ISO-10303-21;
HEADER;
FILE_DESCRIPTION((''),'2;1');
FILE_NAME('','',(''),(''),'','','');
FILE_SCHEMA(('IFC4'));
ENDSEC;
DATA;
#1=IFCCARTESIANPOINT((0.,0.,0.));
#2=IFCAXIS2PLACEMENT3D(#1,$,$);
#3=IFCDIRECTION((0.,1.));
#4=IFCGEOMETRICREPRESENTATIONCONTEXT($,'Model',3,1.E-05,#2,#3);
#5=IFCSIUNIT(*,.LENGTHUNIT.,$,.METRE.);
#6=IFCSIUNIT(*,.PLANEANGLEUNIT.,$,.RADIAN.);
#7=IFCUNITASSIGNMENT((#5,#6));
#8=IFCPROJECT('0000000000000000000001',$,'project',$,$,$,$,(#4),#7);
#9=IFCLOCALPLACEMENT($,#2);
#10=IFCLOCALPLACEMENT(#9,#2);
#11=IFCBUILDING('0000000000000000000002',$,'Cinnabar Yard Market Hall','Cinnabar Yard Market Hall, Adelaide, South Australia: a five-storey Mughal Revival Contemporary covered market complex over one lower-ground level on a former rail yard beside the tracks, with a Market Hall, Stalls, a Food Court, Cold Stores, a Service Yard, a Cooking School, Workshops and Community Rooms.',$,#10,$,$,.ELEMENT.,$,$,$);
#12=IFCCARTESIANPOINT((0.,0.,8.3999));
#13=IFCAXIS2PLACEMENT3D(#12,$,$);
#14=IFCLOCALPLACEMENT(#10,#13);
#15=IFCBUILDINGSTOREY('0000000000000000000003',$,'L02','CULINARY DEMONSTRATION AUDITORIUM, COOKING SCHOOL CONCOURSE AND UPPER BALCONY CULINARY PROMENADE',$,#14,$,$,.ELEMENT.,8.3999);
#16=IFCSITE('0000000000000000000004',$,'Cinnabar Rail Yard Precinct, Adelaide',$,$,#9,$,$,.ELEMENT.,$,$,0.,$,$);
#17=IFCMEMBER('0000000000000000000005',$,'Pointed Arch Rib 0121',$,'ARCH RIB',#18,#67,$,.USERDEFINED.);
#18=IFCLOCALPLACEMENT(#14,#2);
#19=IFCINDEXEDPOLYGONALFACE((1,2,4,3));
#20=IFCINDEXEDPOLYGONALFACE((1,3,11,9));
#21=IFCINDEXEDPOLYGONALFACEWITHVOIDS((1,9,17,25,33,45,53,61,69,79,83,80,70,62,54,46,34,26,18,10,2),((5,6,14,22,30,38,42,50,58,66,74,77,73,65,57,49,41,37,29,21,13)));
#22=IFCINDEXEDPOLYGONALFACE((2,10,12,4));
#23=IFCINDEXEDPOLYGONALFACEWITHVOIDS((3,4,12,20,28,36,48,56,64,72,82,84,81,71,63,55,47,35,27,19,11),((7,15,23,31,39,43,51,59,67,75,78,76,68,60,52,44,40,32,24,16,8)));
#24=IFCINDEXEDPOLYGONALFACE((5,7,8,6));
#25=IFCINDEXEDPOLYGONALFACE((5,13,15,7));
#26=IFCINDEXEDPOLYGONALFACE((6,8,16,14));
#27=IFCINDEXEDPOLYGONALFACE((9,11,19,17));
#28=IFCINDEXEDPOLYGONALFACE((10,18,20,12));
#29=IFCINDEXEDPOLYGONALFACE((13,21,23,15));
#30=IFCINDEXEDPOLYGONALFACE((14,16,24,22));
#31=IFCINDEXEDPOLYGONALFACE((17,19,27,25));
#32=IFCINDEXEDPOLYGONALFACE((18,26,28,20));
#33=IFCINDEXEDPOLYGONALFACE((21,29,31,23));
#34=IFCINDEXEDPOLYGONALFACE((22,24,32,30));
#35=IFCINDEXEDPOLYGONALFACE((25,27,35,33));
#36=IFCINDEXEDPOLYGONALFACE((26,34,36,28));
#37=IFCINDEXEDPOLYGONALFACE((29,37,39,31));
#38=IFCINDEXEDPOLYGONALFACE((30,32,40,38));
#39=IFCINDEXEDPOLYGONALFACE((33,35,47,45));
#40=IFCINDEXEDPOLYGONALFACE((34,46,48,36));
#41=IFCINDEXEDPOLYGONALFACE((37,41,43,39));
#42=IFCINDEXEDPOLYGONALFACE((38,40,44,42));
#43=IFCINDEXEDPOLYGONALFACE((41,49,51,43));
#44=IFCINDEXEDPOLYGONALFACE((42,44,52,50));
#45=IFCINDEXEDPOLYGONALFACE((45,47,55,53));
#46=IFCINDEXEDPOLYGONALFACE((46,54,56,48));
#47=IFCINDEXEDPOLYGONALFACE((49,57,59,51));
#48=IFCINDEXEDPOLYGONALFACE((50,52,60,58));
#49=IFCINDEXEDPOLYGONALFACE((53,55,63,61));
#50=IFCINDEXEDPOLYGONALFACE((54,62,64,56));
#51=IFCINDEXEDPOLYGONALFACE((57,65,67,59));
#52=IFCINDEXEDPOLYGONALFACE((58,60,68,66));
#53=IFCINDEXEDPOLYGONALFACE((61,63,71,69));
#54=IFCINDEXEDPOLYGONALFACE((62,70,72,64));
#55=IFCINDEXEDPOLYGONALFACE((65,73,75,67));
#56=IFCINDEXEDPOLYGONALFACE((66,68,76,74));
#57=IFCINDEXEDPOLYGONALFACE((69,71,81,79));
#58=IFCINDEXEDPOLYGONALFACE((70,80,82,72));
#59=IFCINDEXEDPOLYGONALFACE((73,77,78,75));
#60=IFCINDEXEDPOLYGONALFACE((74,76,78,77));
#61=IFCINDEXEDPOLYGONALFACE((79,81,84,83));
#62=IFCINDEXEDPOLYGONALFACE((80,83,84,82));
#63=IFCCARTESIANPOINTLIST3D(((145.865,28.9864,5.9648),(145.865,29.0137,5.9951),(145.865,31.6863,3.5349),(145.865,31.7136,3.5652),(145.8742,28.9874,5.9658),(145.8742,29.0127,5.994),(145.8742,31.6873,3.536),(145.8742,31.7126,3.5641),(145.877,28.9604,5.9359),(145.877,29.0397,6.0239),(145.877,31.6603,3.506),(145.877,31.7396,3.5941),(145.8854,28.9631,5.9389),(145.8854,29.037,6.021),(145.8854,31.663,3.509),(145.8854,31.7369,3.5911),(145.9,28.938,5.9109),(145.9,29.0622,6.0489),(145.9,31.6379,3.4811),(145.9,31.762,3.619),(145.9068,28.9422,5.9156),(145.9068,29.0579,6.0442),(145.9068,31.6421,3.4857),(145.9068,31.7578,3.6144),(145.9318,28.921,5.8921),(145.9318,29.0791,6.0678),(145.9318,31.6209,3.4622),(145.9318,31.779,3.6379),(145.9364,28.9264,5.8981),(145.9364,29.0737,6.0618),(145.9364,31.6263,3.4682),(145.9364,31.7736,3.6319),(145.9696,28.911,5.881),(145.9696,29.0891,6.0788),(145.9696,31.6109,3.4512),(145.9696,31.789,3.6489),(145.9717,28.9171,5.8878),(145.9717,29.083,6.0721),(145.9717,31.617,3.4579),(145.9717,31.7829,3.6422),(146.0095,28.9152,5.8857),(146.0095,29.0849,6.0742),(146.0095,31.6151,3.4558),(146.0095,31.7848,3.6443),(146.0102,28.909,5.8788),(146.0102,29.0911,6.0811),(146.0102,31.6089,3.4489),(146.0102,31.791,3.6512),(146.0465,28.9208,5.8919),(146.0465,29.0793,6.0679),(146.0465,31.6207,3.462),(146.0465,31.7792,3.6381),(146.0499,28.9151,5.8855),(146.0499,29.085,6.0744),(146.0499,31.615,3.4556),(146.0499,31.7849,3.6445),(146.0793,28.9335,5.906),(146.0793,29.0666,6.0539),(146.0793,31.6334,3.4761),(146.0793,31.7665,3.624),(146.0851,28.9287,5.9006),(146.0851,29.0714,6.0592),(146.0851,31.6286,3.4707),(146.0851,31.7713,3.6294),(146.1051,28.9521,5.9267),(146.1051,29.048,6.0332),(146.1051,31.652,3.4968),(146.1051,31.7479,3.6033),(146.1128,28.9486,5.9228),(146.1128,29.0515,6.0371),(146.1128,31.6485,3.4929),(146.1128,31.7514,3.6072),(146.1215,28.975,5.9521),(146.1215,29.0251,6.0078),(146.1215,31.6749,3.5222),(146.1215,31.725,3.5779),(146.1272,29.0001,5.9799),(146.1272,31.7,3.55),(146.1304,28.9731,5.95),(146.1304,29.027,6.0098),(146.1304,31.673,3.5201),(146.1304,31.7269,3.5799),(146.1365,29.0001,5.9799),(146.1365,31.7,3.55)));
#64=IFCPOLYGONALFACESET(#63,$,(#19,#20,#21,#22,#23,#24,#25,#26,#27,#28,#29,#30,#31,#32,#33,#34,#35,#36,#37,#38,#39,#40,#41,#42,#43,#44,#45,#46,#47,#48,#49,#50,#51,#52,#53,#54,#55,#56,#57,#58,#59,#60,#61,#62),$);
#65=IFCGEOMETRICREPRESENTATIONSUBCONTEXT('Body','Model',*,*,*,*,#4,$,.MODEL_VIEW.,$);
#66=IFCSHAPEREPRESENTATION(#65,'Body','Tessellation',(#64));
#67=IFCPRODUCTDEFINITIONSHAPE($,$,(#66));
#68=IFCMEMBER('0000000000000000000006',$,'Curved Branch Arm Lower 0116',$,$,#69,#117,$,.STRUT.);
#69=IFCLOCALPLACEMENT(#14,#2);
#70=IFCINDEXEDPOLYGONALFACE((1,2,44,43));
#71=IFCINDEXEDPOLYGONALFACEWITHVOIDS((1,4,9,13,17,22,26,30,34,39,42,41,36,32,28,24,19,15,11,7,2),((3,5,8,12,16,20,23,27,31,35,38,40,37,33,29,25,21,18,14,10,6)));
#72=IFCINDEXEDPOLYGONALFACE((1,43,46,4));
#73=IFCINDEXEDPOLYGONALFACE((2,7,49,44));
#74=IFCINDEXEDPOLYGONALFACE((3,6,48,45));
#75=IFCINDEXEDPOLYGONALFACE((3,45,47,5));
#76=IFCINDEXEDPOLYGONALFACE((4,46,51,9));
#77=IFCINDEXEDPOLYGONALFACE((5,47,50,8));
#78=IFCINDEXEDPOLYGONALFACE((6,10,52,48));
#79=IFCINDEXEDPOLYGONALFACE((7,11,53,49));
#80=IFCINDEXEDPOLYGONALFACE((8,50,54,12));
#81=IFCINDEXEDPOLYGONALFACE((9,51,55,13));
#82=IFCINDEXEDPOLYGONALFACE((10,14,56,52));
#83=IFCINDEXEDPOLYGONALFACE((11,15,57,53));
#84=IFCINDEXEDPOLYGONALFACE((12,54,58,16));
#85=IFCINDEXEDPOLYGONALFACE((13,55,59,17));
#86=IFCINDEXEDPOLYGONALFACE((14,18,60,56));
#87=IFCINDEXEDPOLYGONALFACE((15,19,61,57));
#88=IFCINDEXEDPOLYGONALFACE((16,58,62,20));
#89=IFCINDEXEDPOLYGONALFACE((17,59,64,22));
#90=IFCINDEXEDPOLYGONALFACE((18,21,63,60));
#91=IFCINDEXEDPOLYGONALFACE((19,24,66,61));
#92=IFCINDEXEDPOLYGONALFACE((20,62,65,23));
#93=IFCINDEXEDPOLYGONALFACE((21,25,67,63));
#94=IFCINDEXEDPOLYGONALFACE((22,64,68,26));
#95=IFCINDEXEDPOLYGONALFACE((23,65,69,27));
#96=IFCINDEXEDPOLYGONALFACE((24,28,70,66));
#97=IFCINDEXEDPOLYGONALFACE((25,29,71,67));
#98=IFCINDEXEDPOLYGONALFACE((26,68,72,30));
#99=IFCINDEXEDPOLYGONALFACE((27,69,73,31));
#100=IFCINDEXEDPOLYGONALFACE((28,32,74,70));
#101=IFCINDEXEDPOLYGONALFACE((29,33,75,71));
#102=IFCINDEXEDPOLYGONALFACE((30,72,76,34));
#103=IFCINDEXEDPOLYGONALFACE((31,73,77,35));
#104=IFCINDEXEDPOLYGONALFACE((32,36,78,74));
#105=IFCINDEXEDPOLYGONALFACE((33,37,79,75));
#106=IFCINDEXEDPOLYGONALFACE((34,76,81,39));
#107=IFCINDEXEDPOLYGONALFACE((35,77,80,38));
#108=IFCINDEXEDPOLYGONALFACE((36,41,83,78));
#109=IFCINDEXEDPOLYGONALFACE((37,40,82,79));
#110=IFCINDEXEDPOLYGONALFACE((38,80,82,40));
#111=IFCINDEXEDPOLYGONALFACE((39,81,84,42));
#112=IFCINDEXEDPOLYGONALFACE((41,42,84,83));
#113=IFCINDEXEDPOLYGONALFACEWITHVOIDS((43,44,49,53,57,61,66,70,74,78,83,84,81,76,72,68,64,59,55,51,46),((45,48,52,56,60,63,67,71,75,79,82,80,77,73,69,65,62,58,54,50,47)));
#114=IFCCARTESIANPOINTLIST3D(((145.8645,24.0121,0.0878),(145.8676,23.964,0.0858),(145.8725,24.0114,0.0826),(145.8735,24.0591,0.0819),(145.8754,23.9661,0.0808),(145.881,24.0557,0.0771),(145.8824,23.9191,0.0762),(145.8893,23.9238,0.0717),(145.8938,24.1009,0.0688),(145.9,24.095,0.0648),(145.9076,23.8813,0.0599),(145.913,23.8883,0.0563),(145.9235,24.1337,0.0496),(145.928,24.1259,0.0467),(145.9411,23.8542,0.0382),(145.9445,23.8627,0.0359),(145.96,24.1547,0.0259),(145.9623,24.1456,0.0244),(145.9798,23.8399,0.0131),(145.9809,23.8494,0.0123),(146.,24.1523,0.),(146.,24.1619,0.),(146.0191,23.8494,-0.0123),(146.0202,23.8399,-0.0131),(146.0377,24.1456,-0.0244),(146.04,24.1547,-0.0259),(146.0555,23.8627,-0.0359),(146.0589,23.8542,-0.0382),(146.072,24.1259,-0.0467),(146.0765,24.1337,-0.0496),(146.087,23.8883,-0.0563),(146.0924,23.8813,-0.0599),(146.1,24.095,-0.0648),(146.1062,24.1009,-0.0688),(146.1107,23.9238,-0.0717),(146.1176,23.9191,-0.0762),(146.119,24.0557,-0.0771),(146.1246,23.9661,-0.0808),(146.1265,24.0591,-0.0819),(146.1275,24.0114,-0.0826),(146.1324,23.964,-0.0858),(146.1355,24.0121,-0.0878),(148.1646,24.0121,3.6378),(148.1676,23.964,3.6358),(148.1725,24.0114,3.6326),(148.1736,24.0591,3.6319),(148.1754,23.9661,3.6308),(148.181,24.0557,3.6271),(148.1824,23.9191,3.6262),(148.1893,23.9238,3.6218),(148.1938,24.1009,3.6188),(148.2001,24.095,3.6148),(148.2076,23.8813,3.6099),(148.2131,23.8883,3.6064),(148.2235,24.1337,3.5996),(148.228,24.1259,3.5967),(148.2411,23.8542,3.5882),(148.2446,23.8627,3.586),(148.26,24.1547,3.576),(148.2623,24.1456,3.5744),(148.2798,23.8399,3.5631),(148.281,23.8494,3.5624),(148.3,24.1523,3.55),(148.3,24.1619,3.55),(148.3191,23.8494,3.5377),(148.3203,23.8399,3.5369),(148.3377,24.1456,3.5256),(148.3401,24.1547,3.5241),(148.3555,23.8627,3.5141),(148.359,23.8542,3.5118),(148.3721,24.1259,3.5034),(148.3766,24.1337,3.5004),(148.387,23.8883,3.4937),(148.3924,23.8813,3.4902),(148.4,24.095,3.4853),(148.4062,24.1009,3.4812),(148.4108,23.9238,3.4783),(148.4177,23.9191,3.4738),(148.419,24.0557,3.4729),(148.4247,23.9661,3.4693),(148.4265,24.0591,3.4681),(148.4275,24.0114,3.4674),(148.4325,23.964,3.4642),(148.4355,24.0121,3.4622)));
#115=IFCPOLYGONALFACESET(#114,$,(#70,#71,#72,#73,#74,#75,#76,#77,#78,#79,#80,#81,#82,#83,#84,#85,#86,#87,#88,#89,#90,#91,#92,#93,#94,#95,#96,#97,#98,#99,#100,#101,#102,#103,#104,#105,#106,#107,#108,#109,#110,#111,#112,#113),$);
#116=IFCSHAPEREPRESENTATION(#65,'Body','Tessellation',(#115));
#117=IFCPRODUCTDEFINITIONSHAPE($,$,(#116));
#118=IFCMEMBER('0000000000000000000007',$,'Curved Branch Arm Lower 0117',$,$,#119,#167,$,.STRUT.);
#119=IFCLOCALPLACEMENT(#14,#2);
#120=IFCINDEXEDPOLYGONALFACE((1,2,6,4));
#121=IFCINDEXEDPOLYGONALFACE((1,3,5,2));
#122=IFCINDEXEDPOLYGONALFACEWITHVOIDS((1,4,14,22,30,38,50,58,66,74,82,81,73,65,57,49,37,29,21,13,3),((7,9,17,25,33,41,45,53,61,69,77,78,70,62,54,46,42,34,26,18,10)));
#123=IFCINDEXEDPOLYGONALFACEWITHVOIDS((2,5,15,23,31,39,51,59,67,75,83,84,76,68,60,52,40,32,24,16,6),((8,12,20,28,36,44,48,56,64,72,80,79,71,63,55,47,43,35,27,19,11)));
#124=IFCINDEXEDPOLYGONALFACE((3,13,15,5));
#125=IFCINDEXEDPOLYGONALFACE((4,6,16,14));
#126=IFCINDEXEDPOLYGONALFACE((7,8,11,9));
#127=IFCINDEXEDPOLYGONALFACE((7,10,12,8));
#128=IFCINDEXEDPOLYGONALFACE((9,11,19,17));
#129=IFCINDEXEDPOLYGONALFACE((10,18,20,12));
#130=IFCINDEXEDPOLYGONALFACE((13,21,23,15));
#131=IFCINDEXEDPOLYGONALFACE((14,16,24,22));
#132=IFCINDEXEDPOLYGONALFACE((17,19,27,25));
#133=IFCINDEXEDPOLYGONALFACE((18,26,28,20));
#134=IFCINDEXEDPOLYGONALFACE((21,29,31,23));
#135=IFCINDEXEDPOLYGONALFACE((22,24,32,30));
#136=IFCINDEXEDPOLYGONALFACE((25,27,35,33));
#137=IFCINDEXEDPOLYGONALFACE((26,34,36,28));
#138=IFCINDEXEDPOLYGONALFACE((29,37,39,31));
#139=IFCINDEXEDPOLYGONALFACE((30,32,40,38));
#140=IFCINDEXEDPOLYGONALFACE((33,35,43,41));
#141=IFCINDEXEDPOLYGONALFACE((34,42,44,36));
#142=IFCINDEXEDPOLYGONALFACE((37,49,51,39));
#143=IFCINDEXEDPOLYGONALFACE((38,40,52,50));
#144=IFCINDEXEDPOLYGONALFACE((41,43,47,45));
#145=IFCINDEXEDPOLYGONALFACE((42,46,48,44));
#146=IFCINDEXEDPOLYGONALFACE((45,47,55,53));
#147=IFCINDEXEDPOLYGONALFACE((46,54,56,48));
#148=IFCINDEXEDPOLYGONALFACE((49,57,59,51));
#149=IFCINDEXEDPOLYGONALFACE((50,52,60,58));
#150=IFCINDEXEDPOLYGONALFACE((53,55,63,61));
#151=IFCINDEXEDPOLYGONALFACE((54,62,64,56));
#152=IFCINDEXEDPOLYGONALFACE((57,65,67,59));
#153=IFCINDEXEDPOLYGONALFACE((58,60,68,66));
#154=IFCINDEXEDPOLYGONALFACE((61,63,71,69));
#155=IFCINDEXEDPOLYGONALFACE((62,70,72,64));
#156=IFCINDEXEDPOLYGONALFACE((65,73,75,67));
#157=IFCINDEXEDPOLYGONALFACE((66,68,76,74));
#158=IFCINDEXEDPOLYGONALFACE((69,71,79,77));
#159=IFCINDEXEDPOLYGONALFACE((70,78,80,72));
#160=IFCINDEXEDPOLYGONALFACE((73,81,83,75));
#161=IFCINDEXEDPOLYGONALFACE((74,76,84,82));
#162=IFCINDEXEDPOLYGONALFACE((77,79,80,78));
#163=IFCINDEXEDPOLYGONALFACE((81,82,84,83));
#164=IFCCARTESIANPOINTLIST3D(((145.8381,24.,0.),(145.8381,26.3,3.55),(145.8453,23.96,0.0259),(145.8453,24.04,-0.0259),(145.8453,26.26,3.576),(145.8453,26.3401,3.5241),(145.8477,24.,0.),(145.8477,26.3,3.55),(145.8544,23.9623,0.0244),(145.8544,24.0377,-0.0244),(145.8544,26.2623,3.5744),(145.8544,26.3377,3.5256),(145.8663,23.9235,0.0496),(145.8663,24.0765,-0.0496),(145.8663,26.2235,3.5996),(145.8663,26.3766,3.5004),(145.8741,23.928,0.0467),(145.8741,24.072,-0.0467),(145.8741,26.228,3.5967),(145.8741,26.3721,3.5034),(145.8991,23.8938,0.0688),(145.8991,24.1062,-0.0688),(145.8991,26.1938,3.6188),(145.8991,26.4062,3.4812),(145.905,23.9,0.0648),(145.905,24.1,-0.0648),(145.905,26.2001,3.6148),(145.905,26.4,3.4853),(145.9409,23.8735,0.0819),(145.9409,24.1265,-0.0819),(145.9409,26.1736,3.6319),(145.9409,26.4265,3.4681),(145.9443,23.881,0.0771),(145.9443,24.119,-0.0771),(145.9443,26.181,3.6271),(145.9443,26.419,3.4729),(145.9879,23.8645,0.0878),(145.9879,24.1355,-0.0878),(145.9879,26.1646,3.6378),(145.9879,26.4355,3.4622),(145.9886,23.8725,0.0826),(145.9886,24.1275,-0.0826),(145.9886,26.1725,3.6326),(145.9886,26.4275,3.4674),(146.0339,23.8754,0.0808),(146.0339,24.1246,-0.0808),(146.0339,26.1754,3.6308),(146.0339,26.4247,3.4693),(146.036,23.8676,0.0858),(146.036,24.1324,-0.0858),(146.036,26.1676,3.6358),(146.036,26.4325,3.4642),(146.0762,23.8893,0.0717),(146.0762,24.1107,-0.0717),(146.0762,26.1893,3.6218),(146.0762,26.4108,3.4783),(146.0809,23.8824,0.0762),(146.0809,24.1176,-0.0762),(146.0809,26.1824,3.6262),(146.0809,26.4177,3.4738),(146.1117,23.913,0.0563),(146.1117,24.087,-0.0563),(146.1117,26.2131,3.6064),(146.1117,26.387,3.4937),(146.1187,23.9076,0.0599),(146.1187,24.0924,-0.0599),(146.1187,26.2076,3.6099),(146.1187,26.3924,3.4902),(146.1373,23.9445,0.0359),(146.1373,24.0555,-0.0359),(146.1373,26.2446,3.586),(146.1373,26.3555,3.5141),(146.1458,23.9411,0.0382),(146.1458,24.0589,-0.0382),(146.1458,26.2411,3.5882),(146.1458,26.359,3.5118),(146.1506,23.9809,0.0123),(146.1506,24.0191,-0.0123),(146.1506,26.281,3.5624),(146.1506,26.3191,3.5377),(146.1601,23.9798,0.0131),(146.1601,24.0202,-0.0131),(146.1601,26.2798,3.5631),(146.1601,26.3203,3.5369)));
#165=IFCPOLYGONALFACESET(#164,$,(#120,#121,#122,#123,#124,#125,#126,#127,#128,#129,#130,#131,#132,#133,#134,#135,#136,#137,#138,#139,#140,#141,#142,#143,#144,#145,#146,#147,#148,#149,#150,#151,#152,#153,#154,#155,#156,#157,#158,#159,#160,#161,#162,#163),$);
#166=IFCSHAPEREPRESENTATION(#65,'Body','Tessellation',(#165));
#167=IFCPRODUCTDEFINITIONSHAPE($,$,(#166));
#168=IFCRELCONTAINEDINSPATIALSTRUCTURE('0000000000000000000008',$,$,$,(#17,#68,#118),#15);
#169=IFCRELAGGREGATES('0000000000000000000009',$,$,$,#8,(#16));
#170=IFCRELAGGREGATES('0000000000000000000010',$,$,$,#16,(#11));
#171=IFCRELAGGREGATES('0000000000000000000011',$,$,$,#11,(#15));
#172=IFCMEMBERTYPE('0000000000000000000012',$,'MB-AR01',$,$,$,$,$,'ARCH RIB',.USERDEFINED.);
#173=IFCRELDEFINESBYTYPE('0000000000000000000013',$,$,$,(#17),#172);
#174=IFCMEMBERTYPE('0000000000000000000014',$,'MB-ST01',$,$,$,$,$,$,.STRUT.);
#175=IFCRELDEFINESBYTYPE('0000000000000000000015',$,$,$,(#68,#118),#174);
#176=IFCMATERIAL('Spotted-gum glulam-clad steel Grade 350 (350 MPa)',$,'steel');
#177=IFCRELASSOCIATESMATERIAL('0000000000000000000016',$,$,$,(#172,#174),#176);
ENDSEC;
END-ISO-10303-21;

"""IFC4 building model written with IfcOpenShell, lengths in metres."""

from ifc_helpers import new_model, si_unit, direction, frame, origin, origin_2d_with_axis, place, context, subcontext, project, spatial, hollow_circle, extrude, material, material_profile, profile_set, type_object, element, save


model = new_model("IFC4")

# Units and contexts
model_context = context("Model", 3, precision=1e-05, world=origin(), true_north=direction((0.0, 1.0)))
body_context = subcontext(model_context, "Body", "Model", "MODEL_VIEW")
ifc_project = project(units=[si_unit("LENGTHUNIT", "METRE"), si_unit("PLANEANGLEUNIT", "RADIAN")], contexts=[model_context])

# Site, building, storey
site_placement = place(None, origin())
site = spatial("IfcSite", under=ifc_project, at=site_placement, Name="Cinnabar Rail Yard Precinct, Adelaide", CompositionType="ELEMENT", RefElevation=0.0)
building_placement = place(site_placement, origin())
building = spatial("IfcBuilding", under=site, at=building_placement, Name="Cinnabar Yard Market Hall", Description="Cinnabar Yard Market Hall, Adelaide, South Australia: a five-storey Mughal Revival Contemporary covered market complex over one lower-ground level on a former rail yard beside the tracks, with a Market Hall, Stalls, a Food Court, Cold Stores, a Service Yard, a Cooking School, Workshops and Community Rooms.", CompositionType="ELEMENT")
storey_placement = place(building_placement, frame((0.0, 0.0, 8.3999)))
storey = spatial("IfcBuildingStorey", under=building, at=storey_placement, Name="L02", Description="CULINARY DEMONSTRATION AUDITORIUM, COOKING SCHOOL CONCOURSE AND UPPER BALCONY CULINARY PROMENADE", CompositionType="ELEMENT", Elevation=8.3999)

# Shared definitions
ifc_material_1 = material(Name="Spotted-gum glulam-clad steel Grade 350 (350 MPa)", Category="steel")

# Members
ifc_material_profile_1 = material_profile(ifc_material_1, hollow_circle(Radius=0.1365, WallThickness=0.0093, at=origin_2d_with_axis()), Name="273.1x9.3CHS")
ifc_profile_set_1 = profile_set([ifc_material_profile_1], Name="Spotted-gum glulam-clad steel Grade 350 (350 MPa)")
member_type_1 = type_object("IfcMemberType", Name="MB-AR01", ElementType="ARCH RIB", PredefinedType="USERDEFINED", material=ifc_profile_set_1)
for number, where, z_axis, x_axis, name in (
    (1, (146.0, 31.7, 3.55), (0.0, -0.743297, 0.668961), (1.0, 0.0, 0.0), "Pointed Arch Rib 0121"),
):
    element("IfcMember", number, at=place(storey_placement, frame(where, z_axis=z_axis, x_axis=x_axis)), inside=storey, type_object=member_type_1, Name=name, ObjectType="ARCH RIB", PredefinedType="USERDEFINED", context=body_context, shape_type="SweptSolid", body=[
        extrude(hollow_circle(Radius=0.1365, WallThickness=0.0093, at=origin_2d_with_axis()), origin(), (0.0, 0.0, 1.0), 3.6323),
    ])
ifc_material_profile_2 = material_profile(ifc_material_1, hollow_circle(Radius=0.1619, WallThickness=0.0095, at=origin_2d_with_axis()), Name="323.9x9.5CHS")
ifc_profile_set_2 = profile_set([ifc_material_profile_2], Name="Spotted-gum glulam-clad steel Grade 350 (350 MPa)")
member_type_2 = type_object("IfcMemberType", Name="MB-ST01", PredefinedType="STRUT", material=ifc_profile_set_2)
for number, where, z_axis, x_axis, name in (
    (2, (146.0, 24.0, 0.0), (0.543744, 0.0, 0.839251), (0.0, 1.0, 0.0), "Curved Branch Arm Lower 0116"),
    (3, (146.0, 24.0, 0.0), (0.0, 0.543744, 0.839251), (-1.0, 0.0, 0.0), "Curved Branch Arm Lower 0117"),
):
    element("IfcMember", number, at=place(storey_placement, frame(where, z_axis=z_axis, x_axis=x_axis)), inside=storey, type_object=member_type_2, Name=name, PredefinedType="STRUT", context=body_context, shape_type="SweptSolid", body=[
        extrude(hollow_circle(Radius=0.1619, WallThickness=0.0095, at=origin_2d_with_axis()), origin(), (0.0, 0.0, 1.0), 4.23),
    ])

save(model, "model.ifc")
